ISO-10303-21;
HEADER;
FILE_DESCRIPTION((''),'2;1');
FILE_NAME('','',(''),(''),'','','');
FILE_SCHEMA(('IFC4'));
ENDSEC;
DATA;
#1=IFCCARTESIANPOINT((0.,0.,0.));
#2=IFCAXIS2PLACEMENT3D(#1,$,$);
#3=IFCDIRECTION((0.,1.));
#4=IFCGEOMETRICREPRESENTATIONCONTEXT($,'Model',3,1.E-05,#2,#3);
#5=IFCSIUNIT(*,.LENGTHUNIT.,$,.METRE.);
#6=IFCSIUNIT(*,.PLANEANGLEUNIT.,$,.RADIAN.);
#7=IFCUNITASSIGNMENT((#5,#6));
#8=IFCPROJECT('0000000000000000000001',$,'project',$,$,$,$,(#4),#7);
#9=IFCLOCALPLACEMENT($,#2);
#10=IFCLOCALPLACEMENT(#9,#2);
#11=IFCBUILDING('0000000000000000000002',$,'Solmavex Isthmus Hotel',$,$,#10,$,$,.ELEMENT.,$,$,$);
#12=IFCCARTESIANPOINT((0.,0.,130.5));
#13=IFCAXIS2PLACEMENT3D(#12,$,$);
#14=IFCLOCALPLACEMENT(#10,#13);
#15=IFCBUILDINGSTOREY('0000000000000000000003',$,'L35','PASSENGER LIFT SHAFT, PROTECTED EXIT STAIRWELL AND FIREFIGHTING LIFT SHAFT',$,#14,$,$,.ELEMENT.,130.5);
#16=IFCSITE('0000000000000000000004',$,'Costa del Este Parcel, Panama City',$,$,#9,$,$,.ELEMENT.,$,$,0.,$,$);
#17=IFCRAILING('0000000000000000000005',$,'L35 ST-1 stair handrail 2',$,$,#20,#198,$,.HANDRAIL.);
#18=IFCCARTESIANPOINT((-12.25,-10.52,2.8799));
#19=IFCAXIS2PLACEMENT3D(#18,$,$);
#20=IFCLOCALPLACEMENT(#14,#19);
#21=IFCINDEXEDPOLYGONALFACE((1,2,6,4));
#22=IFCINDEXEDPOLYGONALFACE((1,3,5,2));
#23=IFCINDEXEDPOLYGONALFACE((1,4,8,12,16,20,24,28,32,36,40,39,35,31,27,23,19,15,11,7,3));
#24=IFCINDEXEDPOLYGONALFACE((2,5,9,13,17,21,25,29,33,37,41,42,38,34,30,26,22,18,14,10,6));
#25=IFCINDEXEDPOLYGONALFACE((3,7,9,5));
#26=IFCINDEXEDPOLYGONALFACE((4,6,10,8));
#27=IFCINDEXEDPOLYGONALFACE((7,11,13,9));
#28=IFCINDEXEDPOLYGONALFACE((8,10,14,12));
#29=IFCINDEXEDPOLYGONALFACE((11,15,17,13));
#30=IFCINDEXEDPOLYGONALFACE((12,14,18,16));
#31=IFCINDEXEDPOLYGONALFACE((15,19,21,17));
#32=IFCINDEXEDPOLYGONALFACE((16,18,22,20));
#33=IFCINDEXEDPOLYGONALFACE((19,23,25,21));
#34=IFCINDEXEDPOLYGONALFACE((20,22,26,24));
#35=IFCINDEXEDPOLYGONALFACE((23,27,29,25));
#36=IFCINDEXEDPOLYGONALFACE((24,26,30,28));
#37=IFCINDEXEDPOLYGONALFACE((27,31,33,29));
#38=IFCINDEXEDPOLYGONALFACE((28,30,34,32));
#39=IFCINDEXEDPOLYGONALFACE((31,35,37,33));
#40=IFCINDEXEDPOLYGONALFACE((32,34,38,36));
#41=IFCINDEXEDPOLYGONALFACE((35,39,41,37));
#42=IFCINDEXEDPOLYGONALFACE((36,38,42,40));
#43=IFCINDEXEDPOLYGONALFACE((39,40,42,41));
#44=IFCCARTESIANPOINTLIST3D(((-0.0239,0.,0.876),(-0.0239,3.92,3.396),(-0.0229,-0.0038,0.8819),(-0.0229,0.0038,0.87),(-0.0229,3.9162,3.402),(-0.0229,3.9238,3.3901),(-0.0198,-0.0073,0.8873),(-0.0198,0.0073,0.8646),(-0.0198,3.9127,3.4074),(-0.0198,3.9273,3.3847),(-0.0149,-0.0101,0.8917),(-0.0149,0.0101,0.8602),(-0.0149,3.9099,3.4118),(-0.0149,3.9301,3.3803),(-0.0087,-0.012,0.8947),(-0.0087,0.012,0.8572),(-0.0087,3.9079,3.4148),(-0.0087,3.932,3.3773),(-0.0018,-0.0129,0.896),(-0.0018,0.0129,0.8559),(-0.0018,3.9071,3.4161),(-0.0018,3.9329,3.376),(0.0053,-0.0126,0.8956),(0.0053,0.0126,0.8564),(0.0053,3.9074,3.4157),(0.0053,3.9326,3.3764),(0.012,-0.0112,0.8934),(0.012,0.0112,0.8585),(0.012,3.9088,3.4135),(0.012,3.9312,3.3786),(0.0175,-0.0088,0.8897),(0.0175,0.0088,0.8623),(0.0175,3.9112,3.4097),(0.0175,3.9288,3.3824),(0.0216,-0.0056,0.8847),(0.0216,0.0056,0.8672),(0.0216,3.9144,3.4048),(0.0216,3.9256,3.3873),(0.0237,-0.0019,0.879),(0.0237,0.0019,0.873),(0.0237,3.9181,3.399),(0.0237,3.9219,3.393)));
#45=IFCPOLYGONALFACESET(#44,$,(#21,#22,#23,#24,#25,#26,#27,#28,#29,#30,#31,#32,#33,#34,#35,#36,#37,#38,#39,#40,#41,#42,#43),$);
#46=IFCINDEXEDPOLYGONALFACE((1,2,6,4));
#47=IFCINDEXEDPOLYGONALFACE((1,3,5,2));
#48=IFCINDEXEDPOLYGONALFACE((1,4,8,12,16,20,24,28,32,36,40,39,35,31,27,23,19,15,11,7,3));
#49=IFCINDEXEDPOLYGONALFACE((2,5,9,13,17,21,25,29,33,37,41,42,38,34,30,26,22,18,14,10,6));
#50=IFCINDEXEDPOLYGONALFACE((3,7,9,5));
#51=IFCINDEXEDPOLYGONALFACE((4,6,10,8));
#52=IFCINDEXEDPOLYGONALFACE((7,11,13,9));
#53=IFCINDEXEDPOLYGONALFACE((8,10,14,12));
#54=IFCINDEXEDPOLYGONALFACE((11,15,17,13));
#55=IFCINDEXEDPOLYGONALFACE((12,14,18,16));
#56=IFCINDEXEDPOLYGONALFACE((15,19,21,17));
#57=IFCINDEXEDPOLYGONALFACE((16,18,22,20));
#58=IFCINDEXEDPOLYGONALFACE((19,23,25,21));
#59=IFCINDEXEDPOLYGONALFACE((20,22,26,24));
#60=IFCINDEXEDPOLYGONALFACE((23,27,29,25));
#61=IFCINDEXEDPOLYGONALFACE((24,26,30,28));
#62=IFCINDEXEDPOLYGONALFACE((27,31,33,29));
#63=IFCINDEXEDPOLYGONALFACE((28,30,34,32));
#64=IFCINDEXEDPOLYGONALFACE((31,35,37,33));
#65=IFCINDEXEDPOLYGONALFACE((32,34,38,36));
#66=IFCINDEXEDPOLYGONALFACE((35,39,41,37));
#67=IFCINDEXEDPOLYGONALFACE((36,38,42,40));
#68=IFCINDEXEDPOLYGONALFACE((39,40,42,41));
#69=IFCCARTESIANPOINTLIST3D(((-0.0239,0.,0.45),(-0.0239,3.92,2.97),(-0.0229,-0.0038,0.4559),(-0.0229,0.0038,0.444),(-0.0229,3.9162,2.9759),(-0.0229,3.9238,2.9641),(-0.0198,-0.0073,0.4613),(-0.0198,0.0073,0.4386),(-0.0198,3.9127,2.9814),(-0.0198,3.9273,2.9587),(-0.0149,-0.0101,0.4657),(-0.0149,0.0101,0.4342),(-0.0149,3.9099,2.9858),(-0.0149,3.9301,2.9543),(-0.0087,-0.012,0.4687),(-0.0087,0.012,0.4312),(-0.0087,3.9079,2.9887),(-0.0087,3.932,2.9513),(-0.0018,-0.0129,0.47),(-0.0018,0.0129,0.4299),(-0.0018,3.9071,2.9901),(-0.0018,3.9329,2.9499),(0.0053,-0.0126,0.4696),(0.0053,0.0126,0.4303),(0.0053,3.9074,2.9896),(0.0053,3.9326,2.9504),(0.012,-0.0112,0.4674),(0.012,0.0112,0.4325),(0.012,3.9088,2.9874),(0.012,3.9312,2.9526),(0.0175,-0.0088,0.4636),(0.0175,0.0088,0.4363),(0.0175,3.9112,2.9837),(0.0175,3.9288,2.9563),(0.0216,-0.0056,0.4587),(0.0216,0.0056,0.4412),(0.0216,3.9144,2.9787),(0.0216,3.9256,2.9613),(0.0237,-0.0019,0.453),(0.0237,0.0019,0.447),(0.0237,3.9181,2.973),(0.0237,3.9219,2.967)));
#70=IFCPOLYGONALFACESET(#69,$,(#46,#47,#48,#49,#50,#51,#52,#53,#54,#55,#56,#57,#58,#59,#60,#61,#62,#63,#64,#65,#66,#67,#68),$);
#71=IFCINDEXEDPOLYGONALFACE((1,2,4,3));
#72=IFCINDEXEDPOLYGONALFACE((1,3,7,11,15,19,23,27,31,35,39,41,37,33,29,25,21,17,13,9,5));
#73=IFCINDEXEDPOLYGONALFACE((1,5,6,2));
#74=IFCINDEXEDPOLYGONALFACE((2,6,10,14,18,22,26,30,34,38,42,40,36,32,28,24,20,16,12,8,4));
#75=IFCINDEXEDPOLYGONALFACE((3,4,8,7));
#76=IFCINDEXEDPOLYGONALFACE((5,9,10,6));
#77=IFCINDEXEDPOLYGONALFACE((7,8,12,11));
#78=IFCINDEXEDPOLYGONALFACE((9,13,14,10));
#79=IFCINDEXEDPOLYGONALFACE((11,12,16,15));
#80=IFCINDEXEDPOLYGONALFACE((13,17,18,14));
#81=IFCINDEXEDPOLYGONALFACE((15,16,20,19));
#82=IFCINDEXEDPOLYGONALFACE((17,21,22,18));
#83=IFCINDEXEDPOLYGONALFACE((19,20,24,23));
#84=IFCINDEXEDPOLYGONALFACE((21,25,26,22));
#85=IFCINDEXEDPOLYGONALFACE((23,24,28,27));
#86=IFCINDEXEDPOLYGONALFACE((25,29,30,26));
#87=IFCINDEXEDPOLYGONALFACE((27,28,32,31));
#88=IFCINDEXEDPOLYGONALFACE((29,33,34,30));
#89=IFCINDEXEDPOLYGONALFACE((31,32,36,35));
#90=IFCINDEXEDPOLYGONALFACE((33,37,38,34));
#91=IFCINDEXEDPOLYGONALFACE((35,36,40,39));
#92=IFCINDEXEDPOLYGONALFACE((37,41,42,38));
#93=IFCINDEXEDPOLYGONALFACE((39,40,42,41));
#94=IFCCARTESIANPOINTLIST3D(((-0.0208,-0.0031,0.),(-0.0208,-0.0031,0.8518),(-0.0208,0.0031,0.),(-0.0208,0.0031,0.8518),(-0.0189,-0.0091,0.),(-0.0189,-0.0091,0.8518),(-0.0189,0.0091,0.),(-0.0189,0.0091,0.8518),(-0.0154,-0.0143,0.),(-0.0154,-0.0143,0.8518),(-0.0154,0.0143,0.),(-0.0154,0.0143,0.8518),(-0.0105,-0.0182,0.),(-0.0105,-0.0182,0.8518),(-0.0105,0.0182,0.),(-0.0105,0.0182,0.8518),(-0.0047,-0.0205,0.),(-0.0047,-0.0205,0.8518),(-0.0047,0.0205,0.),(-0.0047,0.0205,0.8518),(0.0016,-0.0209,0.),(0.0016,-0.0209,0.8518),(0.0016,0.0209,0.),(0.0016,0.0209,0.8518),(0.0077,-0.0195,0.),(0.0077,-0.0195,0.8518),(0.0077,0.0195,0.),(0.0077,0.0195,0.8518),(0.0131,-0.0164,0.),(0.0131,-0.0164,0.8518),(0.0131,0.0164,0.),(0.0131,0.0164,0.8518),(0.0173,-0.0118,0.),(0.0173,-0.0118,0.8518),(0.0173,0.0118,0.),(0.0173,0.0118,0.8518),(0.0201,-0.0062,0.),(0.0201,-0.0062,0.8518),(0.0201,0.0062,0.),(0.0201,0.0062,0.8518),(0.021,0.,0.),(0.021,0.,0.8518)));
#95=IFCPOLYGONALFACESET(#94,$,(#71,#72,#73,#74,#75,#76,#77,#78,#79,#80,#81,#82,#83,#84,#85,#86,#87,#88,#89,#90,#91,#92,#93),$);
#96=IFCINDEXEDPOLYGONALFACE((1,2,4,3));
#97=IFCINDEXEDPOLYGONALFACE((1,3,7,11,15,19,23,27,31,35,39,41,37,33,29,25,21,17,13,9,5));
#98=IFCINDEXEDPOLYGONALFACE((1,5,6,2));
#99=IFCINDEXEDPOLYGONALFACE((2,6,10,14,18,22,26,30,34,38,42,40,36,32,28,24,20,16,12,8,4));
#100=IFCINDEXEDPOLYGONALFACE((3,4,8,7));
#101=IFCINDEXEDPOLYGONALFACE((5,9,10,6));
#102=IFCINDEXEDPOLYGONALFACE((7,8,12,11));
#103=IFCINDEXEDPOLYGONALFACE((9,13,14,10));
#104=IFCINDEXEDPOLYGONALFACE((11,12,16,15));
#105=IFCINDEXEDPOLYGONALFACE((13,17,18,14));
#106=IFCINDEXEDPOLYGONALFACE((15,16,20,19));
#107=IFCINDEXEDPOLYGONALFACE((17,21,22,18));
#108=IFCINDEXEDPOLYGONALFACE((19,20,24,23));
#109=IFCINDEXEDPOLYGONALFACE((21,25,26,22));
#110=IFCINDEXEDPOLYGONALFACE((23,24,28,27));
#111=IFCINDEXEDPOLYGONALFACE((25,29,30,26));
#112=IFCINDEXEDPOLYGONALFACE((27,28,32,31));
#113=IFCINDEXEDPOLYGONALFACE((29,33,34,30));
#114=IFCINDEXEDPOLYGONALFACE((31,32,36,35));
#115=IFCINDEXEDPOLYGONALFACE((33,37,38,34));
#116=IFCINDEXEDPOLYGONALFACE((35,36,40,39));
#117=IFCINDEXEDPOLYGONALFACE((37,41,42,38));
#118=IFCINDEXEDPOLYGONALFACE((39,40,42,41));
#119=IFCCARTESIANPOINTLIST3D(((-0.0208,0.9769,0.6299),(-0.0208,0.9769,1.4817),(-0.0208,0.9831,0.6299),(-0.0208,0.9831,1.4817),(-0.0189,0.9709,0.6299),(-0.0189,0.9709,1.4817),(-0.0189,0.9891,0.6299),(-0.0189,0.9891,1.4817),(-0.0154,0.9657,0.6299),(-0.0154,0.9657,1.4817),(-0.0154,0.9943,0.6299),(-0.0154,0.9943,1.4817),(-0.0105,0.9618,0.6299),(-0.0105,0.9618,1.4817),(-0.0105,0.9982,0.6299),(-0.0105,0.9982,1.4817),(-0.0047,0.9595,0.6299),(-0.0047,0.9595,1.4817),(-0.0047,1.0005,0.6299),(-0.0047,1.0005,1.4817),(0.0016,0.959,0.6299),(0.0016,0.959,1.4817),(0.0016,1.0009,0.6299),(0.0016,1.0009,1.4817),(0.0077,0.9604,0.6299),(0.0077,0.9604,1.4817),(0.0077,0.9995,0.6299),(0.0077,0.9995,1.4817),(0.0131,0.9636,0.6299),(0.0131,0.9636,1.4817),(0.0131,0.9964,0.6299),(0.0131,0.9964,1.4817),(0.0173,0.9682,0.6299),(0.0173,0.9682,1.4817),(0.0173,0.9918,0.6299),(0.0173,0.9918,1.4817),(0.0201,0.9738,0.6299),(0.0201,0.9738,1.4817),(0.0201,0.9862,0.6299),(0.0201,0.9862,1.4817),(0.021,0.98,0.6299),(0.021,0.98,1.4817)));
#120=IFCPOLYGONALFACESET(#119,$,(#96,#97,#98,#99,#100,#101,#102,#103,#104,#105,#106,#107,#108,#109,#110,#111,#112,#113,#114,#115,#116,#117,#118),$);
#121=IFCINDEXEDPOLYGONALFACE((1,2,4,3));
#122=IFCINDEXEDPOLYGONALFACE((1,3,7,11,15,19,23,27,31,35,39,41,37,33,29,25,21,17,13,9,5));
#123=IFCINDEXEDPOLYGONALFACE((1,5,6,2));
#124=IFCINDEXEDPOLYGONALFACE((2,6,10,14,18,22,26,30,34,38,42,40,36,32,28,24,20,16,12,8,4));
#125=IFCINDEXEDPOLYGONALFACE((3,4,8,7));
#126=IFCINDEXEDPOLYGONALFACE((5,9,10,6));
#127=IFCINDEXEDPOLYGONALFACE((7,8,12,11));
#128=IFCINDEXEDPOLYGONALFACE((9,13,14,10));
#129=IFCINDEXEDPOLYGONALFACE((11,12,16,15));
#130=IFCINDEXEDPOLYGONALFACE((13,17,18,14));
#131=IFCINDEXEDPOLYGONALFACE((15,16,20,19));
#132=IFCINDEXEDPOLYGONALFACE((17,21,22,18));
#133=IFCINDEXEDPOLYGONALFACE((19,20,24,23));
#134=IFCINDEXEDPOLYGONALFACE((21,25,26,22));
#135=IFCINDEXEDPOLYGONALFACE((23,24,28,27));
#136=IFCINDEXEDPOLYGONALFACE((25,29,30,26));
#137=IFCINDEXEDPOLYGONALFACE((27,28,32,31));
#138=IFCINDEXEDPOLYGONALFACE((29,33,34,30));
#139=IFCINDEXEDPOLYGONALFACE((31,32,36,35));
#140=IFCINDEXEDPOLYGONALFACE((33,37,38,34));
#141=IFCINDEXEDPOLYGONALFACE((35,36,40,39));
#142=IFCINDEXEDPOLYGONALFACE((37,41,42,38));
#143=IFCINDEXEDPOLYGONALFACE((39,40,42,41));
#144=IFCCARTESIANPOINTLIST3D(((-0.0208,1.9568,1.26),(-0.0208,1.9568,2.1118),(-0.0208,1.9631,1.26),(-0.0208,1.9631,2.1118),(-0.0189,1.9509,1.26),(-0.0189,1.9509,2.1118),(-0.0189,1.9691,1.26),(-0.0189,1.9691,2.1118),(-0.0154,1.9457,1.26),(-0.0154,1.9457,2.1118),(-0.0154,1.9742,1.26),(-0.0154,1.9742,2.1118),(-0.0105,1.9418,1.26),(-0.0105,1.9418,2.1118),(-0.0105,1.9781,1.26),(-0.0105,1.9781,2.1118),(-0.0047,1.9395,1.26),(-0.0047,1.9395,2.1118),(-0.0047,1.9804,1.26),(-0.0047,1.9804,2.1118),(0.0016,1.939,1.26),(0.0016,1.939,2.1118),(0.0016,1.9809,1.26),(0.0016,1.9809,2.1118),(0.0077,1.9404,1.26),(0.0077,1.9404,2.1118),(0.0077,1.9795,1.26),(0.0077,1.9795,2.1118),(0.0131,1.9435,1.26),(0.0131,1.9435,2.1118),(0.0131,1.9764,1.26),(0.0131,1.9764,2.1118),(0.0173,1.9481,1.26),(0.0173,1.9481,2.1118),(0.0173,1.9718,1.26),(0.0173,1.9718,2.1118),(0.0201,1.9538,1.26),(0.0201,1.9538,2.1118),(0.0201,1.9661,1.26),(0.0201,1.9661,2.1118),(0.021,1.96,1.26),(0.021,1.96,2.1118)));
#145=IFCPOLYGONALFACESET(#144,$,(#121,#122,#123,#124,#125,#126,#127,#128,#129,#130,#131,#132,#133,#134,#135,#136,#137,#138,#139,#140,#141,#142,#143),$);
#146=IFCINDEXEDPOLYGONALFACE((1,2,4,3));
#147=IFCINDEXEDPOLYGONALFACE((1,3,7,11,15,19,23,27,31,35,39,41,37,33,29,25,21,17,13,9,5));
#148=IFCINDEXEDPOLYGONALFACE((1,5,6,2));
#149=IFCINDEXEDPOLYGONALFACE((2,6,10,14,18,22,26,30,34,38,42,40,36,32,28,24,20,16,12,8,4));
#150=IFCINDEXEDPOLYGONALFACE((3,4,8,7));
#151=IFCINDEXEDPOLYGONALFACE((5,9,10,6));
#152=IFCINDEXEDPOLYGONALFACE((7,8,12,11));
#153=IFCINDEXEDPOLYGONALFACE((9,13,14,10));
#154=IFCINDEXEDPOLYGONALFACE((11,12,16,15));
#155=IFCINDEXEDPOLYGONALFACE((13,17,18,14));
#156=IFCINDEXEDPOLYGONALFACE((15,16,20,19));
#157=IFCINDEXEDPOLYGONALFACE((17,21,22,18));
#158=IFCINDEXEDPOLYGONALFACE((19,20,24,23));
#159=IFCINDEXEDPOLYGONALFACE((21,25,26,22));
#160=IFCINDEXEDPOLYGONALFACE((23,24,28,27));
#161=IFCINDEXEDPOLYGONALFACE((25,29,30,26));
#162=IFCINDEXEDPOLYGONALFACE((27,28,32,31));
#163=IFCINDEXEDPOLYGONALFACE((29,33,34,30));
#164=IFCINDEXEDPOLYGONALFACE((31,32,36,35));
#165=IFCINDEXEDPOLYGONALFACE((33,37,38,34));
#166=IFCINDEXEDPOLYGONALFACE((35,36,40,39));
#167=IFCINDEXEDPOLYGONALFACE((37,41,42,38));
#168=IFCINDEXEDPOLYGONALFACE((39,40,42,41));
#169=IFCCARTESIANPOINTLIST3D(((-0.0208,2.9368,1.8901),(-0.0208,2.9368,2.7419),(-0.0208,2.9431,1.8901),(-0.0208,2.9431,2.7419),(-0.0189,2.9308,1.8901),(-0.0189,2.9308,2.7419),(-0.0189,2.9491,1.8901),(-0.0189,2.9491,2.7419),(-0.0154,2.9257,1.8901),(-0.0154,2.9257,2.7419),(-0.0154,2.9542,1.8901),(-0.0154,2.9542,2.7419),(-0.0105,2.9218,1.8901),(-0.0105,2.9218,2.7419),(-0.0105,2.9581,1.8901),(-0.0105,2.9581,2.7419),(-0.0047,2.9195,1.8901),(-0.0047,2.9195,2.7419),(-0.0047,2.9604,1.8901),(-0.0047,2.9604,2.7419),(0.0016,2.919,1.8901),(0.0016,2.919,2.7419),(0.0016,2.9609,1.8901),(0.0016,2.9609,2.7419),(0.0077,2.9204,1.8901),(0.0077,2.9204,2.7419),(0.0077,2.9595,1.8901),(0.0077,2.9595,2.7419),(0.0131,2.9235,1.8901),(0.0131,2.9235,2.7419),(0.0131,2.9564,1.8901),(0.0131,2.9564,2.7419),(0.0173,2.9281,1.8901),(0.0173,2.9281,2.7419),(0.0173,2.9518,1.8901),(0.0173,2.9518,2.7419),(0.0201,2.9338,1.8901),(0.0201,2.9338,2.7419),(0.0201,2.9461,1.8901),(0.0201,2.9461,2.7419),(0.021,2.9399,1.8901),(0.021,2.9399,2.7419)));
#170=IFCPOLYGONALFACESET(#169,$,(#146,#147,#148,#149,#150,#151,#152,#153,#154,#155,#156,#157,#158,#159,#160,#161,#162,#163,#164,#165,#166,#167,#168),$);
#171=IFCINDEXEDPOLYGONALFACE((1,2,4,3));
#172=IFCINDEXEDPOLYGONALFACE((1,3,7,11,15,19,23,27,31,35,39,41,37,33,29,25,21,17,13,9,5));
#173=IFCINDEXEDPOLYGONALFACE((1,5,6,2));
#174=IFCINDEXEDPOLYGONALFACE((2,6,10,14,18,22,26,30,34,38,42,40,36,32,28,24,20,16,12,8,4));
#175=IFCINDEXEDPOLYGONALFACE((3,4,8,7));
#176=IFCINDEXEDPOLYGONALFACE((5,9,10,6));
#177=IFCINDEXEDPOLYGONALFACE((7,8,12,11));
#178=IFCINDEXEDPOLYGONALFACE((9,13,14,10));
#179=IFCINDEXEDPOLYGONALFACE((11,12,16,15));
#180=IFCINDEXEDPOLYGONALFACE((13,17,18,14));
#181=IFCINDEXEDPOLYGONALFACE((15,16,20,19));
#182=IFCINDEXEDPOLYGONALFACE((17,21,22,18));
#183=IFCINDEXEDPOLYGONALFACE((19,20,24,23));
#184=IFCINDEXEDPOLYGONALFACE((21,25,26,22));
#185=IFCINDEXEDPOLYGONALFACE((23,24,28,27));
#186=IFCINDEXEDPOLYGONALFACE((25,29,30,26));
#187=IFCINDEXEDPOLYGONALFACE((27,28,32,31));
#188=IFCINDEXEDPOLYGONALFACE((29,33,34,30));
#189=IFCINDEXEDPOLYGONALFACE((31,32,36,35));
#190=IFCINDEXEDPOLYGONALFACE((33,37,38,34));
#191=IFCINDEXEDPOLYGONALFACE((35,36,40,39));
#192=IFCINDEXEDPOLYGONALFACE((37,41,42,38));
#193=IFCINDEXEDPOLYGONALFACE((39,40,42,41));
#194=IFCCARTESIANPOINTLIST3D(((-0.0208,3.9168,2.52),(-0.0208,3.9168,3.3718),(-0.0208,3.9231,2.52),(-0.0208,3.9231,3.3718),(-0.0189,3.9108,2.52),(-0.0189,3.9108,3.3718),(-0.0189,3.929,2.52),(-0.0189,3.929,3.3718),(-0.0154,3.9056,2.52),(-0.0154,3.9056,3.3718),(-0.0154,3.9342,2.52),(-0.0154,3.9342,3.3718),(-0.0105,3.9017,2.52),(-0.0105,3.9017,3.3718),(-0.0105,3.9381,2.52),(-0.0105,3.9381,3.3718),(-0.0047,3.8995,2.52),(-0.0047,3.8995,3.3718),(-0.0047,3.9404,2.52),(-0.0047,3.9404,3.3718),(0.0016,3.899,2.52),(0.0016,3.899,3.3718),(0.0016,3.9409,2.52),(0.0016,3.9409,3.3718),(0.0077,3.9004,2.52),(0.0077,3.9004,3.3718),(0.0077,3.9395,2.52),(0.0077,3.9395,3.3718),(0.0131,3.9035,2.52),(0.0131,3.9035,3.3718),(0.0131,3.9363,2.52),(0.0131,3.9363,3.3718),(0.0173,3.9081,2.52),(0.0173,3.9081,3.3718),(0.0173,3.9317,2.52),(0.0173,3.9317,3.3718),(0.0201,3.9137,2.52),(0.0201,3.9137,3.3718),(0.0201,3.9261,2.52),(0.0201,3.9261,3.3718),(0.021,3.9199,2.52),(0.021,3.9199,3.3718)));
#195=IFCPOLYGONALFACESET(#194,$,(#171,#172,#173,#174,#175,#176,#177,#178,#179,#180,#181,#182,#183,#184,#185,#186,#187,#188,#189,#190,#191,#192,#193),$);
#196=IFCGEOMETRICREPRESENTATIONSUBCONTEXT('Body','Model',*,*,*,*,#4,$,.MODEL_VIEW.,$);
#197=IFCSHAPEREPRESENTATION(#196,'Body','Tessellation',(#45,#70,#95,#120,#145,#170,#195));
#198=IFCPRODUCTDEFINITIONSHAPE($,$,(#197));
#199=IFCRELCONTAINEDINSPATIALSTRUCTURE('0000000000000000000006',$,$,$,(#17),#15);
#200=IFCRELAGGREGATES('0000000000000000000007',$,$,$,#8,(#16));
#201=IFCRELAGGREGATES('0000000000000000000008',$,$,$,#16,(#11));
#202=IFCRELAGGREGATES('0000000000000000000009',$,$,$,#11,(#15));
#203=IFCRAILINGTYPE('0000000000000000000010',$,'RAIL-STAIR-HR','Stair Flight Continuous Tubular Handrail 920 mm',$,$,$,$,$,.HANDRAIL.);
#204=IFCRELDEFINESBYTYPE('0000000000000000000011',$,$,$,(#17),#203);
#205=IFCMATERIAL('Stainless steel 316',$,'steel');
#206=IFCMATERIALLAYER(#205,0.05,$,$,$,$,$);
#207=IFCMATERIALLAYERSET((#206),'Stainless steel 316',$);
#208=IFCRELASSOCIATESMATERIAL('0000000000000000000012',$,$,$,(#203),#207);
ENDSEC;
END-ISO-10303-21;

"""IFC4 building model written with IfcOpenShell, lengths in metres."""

from ifc_helpers import new_model, si_unit, direction, frame, origin, origin_2d, place, context, subcontext, project, spatial, circle, extrude, material, layer, layer_set, type_object, element, save


model = new_model("IFC4")

# Units and contexts
model_context = context("Model", 3, precision=1e-05, world=origin(), true_north=direction((0.0, 1.0)))
body_context = subcontext(model_context, "Body", "Model", "MODEL_VIEW")
ifc_project = project(units=[si_unit("LENGTHUNIT", "METRE"), si_unit("PLANEANGLEUNIT", "RADIAN")], contexts=[model_context])

# Site, building, storey
site_placement = place(None, origin())
site = spatial("IfcSite", under=ifc_project, at=site_placement, Name="Costa del Este Parcel, Panama City", CompositionType="ELEMENT", RefElevation=0.0)
building_placement = place(site_placement, origin())
building = spatial("IfcBuilding", under=site, at=building_placement, Name="Solmavex Isthmus Hotel", CompositionType="ELEMENT")
storey_placement = place(building_placement, frame((0.0, 0.0, 130.5)))
storey = spatial("IfcBuildingStorey", under=building, at=storey_placement, Name="L35", Description="PASSENGER LIFT SHAFT, PROTECTED EXIT STAIRWELL AND FIREFIGHTING LIFT SHAFT", CompositionType="ELEMENT", Elevation=130.5)

# Shared definitions
ifc_material_1 = material(Name="Stainless steel 316", Category="steel")

# Railing
ifc_layer_1 = layer(ifc_material_1, 0.05)
ifc_layer_set_1 = layer_set([ifc_layer_1], Name="Stainless steel 316")
railing_type_1 = type_object("IfcRailingType", Name="RAIL-STAIR-HR", Description="Stair Flight Continuous Tubular Handrail 920 mm", PredefinedType="HANDRAIL", material=ifc_layer_set_1)
railing_1_placement = place(storey_placement, frame((-12.25, -10.52, 2.8799)))
element("IfcRailing", 1, at=railing_1_placement, inside=storey, type_object=railing_type_1, Name="L35 ST-1 stair handrail 2", PredefinedType="HANDRAIL", context=body_context, shape_type="SweptSolid", body=[
    extrude(circle(Radius=0.0239, at=origin_2d()), frame((0.0, 0.0, 0.876), z_axis=(0.0, 0.841172, 0.540768), x_axis=(-1.0, 0.0, 0.0)), (0.0, 0.0, 1.0), 4.6602),
    extrude(circle(Radius=0.0239, at=origin_2d()), frame((0.0, 0.0, 0.45), z_axis=(0.0, 0.841172, 0.540768), x_axis=(-1.0, 0.0, 0.0)), (0.0, 0.0, 1.0), 4.6602),
    extrude(circle(Radius=0.021, at=origin_2d()), origin(), (0.0, 0.0, 1.0), 0.8518),
    extrude(circle(Radius=0.021, at=origin_2d()), frame((0.0, 0.98, 0.6299)), (0.0, 0.0, 1.0), 0.8518),
    extrude(circle(Radius=0.021, at=origin_2d()), frame((0.0, 1.96, 1.26)), (0.0, 0.0, 1.0), 0.8518),
    extrude(circle(Radius=0.021, at=origin_2d()), frame((0.0, 2.9399, 1.8901)), (0.0, 0.0, 1.0), 0.8518),
    extrude(circle(Radius=0.021, at=origin_2d()), frame((0.0, 3.9199, 2.52)), (0.0, 0.0, 1.0), 0.8518),
])

save(model, "model.ifc")
